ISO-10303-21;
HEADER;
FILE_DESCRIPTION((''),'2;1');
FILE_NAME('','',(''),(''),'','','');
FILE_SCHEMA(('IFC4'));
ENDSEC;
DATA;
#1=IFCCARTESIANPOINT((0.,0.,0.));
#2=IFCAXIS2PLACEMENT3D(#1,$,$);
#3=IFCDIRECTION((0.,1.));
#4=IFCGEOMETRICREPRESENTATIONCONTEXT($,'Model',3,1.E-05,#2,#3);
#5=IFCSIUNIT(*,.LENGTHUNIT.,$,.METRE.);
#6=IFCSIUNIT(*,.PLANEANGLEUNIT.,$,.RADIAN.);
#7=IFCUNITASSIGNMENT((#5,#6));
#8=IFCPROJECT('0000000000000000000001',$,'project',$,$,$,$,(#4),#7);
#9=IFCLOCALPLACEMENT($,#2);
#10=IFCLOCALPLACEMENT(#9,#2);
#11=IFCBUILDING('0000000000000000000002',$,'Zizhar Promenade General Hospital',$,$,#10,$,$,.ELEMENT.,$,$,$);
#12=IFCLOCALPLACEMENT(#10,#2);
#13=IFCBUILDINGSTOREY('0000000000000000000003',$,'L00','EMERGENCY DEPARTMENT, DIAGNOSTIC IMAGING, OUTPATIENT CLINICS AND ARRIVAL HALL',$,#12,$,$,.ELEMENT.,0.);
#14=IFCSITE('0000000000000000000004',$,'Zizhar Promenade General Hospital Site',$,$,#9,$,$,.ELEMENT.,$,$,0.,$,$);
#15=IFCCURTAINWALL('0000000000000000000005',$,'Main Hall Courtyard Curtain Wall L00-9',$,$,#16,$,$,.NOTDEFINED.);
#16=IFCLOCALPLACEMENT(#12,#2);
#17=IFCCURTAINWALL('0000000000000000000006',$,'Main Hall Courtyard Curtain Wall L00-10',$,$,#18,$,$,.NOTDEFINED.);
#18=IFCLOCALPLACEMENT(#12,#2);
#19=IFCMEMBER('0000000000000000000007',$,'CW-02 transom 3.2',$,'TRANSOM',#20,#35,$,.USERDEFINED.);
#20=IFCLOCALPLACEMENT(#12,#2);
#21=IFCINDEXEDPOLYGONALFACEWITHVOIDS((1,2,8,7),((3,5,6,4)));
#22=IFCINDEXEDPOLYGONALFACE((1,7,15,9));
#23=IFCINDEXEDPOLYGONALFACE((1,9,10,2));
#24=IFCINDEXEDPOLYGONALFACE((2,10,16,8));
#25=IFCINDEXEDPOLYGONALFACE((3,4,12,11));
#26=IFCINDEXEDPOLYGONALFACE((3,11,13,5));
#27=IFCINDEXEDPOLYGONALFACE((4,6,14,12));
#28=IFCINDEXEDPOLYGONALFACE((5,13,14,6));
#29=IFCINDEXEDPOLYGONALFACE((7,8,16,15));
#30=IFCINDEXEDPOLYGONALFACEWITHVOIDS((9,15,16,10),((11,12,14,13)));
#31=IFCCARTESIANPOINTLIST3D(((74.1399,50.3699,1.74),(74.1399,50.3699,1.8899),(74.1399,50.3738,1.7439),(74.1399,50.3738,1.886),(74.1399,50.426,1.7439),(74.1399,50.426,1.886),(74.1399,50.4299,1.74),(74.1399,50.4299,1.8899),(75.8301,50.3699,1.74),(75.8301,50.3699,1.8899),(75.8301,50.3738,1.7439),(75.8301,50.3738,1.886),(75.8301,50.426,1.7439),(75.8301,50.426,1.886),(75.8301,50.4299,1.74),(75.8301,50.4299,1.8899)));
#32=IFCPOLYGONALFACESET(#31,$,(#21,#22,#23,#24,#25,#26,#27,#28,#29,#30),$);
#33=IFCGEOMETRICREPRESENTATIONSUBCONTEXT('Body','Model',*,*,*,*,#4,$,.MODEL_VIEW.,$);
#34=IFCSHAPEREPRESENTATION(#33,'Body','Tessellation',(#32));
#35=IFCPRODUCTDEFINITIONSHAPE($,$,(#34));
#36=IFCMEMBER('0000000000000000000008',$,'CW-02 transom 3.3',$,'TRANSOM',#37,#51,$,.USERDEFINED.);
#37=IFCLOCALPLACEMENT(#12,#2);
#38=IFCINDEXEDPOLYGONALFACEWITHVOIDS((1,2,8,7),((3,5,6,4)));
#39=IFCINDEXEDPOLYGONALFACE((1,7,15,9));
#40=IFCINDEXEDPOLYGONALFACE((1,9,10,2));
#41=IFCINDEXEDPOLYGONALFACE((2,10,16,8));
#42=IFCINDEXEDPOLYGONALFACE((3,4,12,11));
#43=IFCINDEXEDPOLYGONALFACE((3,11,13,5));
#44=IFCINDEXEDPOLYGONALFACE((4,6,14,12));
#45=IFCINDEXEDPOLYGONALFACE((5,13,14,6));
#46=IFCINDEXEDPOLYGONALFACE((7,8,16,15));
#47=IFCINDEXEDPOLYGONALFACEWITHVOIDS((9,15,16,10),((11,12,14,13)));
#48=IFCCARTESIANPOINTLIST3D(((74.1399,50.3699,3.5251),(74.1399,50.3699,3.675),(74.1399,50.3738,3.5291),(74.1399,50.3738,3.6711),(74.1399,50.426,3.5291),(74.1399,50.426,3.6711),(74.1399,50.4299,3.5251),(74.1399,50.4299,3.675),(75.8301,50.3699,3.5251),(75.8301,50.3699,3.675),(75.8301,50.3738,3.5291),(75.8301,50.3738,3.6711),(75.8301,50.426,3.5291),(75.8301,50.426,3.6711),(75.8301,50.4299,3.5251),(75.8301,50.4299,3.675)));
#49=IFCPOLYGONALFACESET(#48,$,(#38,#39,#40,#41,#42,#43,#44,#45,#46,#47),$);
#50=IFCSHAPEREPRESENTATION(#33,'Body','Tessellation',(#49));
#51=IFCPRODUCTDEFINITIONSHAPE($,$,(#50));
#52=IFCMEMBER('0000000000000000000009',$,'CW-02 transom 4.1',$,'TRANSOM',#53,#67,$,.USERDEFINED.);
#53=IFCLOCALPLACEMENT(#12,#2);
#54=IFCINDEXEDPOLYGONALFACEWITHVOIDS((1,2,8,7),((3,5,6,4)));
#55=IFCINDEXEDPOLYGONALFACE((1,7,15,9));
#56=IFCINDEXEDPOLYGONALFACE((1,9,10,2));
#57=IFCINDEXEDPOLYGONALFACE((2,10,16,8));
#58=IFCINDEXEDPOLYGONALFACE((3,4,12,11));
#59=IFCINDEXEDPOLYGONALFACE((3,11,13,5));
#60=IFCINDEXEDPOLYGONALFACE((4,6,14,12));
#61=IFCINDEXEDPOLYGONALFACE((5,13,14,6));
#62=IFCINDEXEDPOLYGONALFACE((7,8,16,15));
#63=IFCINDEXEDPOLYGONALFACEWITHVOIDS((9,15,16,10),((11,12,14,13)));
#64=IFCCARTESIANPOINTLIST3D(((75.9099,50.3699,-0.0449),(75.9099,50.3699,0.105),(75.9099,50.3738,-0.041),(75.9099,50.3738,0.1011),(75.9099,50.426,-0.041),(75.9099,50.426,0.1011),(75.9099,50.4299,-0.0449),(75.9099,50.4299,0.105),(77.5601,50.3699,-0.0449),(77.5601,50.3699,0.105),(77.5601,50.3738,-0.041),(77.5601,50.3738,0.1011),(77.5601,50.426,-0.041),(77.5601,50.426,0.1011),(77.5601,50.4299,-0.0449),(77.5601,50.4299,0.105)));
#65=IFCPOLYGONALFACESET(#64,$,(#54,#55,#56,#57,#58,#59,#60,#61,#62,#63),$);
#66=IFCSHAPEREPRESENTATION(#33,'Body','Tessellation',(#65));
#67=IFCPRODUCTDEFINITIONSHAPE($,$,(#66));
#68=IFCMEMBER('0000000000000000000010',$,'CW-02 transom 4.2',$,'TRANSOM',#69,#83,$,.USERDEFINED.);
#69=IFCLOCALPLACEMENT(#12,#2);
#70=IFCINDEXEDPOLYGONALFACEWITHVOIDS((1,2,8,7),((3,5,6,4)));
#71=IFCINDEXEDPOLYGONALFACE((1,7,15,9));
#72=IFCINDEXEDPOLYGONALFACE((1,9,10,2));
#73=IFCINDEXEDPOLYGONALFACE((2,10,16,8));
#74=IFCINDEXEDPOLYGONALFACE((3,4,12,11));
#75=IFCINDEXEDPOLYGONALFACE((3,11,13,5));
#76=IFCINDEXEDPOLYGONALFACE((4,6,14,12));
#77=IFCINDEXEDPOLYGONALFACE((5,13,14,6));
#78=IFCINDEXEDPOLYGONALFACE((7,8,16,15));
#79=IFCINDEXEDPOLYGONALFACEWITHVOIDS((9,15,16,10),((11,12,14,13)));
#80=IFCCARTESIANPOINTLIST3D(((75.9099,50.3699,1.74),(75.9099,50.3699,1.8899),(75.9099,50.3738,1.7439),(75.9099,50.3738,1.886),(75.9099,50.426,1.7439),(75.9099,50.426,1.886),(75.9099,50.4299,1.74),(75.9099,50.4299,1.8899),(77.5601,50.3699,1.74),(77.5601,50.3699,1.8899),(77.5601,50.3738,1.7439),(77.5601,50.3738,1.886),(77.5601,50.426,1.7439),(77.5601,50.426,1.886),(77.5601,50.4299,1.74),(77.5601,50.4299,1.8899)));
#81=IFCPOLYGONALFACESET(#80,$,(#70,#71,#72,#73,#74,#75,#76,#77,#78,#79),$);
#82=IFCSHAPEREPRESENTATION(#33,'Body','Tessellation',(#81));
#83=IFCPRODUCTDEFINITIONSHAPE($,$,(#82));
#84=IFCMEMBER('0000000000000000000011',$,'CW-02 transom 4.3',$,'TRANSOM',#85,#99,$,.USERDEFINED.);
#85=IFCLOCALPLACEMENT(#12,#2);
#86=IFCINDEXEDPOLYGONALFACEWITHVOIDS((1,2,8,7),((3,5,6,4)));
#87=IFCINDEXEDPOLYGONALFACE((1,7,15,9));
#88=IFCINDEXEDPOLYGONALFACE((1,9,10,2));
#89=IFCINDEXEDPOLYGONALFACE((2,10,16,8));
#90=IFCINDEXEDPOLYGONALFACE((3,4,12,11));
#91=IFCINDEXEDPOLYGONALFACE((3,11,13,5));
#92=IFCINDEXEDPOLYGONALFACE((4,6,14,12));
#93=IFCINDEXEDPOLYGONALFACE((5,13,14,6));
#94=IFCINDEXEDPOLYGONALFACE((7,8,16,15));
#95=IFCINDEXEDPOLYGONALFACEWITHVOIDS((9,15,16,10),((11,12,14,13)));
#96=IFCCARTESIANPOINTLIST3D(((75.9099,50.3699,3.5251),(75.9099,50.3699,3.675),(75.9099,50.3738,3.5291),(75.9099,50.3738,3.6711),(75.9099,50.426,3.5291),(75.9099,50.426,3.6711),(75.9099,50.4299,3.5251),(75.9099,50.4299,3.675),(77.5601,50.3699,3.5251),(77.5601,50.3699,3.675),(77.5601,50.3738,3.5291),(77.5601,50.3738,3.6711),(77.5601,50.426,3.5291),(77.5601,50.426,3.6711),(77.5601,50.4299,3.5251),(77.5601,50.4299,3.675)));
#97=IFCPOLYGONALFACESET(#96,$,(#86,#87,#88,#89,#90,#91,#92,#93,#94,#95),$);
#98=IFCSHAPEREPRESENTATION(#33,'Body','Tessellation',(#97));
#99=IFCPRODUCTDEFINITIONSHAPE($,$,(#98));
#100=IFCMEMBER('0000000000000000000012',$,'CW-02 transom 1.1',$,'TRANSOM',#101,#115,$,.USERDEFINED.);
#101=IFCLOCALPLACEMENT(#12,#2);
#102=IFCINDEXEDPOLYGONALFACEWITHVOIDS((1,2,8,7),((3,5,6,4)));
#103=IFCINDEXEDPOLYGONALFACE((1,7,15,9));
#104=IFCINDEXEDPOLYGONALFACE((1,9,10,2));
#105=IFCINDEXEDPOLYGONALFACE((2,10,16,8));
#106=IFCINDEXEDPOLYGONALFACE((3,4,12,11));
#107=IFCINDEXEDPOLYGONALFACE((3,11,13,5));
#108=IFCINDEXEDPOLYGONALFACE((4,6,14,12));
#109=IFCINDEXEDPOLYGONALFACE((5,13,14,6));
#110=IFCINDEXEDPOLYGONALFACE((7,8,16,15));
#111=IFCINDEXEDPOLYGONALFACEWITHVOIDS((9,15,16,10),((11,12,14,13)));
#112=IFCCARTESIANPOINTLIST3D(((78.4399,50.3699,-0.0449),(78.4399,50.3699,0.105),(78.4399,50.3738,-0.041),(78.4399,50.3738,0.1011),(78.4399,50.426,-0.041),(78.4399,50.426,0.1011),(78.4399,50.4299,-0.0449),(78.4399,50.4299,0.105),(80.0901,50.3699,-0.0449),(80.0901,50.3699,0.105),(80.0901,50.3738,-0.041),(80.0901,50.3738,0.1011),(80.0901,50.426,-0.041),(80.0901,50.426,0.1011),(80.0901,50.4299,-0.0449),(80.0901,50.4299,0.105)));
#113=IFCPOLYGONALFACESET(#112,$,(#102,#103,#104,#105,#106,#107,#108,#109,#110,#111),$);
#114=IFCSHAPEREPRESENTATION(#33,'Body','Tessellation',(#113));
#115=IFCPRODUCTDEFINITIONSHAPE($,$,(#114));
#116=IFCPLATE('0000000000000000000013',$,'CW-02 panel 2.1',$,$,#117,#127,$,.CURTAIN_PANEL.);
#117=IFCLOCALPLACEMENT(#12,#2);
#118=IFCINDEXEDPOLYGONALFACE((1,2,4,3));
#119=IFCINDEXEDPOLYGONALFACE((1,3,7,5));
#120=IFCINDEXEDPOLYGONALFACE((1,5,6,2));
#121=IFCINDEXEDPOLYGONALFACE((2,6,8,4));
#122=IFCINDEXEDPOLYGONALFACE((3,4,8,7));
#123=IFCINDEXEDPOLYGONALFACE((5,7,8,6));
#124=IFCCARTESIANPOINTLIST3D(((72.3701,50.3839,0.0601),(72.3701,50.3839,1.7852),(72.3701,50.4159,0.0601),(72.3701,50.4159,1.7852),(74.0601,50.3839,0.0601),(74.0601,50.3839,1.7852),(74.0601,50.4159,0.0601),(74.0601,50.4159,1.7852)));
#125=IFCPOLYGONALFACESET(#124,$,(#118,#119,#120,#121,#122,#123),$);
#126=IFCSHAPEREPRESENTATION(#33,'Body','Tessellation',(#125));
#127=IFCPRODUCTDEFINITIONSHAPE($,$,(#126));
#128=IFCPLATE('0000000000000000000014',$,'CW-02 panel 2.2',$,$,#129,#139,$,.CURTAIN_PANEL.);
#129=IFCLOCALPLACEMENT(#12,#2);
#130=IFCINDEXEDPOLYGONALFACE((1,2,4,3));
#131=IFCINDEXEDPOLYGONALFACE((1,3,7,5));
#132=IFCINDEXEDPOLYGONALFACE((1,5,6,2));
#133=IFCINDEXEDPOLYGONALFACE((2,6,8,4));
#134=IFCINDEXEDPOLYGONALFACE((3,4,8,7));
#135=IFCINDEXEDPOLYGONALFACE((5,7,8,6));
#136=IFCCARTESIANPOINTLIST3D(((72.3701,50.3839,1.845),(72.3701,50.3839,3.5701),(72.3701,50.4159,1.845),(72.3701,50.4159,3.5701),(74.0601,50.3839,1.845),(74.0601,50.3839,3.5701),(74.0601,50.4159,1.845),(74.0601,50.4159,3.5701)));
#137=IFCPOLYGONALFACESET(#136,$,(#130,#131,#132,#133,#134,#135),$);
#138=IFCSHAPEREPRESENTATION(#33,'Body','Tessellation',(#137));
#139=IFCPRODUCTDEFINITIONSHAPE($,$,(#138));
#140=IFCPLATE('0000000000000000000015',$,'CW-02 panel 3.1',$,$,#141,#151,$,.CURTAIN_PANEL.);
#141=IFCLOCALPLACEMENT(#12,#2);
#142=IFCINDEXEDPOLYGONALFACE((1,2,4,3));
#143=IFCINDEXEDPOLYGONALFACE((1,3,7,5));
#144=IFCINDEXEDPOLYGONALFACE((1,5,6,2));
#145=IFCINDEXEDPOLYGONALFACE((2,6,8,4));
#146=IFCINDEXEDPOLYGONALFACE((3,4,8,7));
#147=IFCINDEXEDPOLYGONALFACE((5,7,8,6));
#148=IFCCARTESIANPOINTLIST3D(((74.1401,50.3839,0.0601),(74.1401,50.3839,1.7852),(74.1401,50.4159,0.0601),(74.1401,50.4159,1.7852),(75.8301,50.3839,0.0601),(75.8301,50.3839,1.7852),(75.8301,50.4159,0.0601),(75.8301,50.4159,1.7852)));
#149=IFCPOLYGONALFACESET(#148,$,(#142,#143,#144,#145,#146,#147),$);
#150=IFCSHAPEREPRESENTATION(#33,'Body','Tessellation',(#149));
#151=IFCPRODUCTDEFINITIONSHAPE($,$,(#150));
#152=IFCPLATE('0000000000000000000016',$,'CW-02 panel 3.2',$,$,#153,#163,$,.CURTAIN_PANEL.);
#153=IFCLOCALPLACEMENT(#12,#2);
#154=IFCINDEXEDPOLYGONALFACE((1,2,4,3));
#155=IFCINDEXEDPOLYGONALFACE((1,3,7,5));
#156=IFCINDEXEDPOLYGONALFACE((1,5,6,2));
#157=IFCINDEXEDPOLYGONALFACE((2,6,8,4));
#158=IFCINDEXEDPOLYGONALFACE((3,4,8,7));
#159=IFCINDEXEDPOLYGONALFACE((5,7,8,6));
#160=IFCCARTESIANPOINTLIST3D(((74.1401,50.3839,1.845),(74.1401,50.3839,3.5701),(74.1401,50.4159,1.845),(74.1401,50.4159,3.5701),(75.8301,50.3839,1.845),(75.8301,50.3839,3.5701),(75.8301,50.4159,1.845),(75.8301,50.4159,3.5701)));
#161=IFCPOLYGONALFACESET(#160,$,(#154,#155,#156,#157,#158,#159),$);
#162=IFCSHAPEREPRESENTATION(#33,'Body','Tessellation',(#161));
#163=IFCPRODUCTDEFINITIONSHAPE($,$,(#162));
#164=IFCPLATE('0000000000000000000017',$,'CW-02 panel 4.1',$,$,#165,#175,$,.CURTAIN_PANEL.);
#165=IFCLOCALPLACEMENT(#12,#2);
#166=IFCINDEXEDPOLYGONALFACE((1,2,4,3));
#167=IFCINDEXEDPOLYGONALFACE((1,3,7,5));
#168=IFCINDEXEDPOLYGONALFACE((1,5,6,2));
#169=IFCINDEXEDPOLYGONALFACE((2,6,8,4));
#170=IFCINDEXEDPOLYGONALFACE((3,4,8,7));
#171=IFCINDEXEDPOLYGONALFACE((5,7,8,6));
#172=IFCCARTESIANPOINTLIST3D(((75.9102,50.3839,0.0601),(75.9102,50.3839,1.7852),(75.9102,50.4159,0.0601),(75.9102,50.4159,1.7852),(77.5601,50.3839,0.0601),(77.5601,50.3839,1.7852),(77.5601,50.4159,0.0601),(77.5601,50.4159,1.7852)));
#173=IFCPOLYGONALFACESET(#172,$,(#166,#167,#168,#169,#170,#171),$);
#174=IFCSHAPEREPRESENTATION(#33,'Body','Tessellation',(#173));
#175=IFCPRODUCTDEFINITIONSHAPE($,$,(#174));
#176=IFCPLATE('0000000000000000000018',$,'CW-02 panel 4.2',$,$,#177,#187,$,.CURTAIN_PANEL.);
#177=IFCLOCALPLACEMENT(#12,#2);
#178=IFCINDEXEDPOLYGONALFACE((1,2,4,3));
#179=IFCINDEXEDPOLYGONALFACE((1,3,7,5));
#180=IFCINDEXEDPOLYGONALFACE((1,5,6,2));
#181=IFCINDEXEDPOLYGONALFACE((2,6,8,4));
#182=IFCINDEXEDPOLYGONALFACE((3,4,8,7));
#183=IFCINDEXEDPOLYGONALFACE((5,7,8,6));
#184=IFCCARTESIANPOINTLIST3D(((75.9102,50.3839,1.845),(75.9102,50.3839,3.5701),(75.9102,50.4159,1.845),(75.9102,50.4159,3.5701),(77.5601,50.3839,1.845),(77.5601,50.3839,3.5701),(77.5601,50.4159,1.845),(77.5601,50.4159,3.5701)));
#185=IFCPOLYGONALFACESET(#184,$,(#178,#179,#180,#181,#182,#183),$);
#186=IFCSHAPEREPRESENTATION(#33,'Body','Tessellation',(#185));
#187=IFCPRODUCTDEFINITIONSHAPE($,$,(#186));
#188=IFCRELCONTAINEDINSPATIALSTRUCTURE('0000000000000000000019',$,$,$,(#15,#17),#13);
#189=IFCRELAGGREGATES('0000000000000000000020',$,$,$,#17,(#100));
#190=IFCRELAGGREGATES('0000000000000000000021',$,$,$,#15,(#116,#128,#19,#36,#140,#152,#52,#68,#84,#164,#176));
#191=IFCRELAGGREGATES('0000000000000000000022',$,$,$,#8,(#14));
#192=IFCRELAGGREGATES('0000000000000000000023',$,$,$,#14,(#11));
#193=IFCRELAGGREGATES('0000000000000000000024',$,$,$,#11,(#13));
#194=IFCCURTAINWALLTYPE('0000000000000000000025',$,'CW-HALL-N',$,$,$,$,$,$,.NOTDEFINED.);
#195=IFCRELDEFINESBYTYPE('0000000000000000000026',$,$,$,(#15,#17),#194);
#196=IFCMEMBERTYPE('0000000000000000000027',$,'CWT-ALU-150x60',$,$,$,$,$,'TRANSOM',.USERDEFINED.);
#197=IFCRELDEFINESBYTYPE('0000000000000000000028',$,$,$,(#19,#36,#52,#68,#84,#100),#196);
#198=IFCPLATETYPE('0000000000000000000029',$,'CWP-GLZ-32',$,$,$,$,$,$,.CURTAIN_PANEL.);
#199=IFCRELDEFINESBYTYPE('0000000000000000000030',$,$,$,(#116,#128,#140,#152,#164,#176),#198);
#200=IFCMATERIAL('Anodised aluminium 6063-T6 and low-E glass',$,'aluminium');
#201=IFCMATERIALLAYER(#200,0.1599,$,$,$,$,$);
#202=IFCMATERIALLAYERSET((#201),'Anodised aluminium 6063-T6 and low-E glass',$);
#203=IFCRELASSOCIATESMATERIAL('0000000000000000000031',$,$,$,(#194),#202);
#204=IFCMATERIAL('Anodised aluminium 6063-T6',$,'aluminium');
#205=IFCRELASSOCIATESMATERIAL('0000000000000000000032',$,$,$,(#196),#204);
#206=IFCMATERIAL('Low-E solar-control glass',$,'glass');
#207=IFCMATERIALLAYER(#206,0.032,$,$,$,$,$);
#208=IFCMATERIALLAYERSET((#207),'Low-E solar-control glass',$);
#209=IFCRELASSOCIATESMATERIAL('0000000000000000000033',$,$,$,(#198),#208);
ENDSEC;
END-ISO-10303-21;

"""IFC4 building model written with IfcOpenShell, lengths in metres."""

from ifc_helpers import new_model, si_unit, direction, frame, origin, origin_2d, place, context, subcontext, project, spatial, rectangle, hollow_rectangle, extrude, material, layer, layer_set, material_profile, profile_set, type_object, element, aggregate, save


model = new_model("IFC4")

# Units and contexts
model_context = context("Model", 3, precision=1e-05, world=origin(), true_north=direction((0.0, 1.0)))
body_context = subcontext(model_context, "Body", "Model", "MODEL_VIEW")
ifc_project = project(units=[si_unit("LENGTHUNIT", "METRE"), si_unit("PLANEANGLEUNIT", "RADIAN")], contexts=[model_context])

# Site, building, storey
site_placement = place(None, origin())
site = spatial("IfcSite", under=ifc_project, at=site_placement, Name="Zizhar Promenade General Hospital Site", CompositionType="ELEMENT", RefElevation=0.0)
building_placement = place(site_placement, origin())
building = spatial("IfcBuilding", under=site, at=building_placement, Name="Zizhar Promenade General Hospital", CompositionType="ELEMENT")
storey_placement = place(building_placement, origin())
storey = spatial("IfcBuildingStorey", under=building, at=storey_placement, Name="L00", Description="EMERGENCY DEPARTMENT, DIAGNOSTIC IMAGING, OUTPATIENT CLINICS AND ARRIVAL HALL", CompositionType="ELEMENT", Elevation=0.0)

# Curtain wall
ifc_material_1 = material(Name="Anodised aluminium 6063-T6 and low-E glass", Category="aluminium")
ifc_layer_1 = layer(ifc_material_1, 0.1599)
ifc_layer_set_1 = layer_set([ifc_layer_1], Name="Anodised aluminium 6063-T6 and low-E glass")
curtain_wall_type = type_object("IfcCurtainWallType", Name="CW-HALL-N", PredefinedType="NOTDEFINED", material=ifc_layer_set_1)
curtain_wall_1_placement = place(storey_placement, origin())
curtain_wall_1 = element("IfcCurtainWall", 1, at=curtain_wall_1_placement, inside=storey, type_object=curtain_wall_type, Name="Main Hall Courtyard Curtain Wall L00-9", PredefinedType="NOTDEFINED")

# Curtain wall
curtain_wall_2_placement = place(storey_placement, origin())
curtain_wall_2 = element("IfcCurtainWall", 2, at=curtain_wall_2_placement, inside=storey, type_object=curtain_wall_type, Name="Main Hall Courtyard Curtain Wall L00-10", PredefinedType="NOTDEFINED")

# Members
ifc_material_2 = material(Name="Anodised aluminium 6063-T6", Category="aluminium")
ifc_material_profile_1 = material_profile(ifc_material_2, hollow_rectangle(XDim=0.0601, YDim=0.1499, WallThickness=0.0039, at=origin_2d()))
ifc_profile_set_1 = profile_set([ifc_material_profile_1], Name="Anodised aluminium 6063-T6")
member_type_1 = type_object("IfcMemberType", Name="CWT-ALU-150x60", ElementType="TRANSOM", PredefinedType="USERDEFINED", material=ifc_profile_set_1)
member_1_placement = place(storey_placement, frame((74.1399, 50.3999, 1.8149), z_axis=(1.0, 0.0, 0.0), x_axis=(0.0, 1.0, 0.0)))
member_1 = element("IfcMember", 3, at=member_1_placement, type_object=member_type_1, Name="CW-02 transom 3.2", ObjectType="TRANSOM", PredefinedType="USERDEFINED", context=body_context, shape_type="SweptSolid", body=[
    extrude(hollow_rectangle(XDim=0.0601, YDim=0.1499, WallThickness=0.0039, at=origin_2d()), origin(), (0.0, 0.0, 1.0), 1.6902),
])
member_2_placement = place(storey_placement, frame((74.1399, 50.3999, 3.6001), z_axis=(1.0, 0.0, 0.0), x_axis=(0.0, 1.0, 0.0)))
member_2 = element("IfcMember", 4, at=member_2_placement, type_object=member_type_1, Name="CW-02 transom 3.3", ObjectType="TRANSOM", PredefinedType="USERDEFINED", context=body_context, shape_type="SweptSolid", body=[
    extrude(hollow_rectangle(XDim=0.0601, YDim=0.1499, WallThickness=0.0039, at=origin_2d()), origin(), (0.0, 0.0, 1.0), 1.6902),
])
member_3_placement = place(storey_placement, frame((75.9099, 50.3999, 0.03), z_axis=(1.0, 0.0, 0.0), x_axis=(0.0, 1.0, 0.0)))
member_3 = element("IfcMember", 5, at=member_3_placement, type_object=member_type_1, Name="CW-02 transom 4.1", ObjectType="TRANSOM", PredefinedType="USERDEFINED", context=body_context, shape_type="SweptSolid", body=[
    extrude(hollow_rectangle(XDim=0.0601, YDim=0.1499, WallThickness=0.0039, at=origin_2d()), origin(), (0.0, 0.0, 1.0), 1.6501),
])
member_4_placement = place(storey_placement, frame((75.9099, 50.3999, 1.8149), z_axis=(1.0, 0.0, 0.0), x_axis=(0.0, 1.0, 0.0)))
member_4 = element("IfcMember", 6, at=member_4_placement, type_object=member_type_1, Name="CW-02 transom 4.2", ObjectType="TRANSOM", PredefinedType="USERDEFINED", context=body_context, shape_type="SweptSolid", body=[
    extrude(hollow_rectangle(XDim=0.0601, YDim=0.1499, WallThickness=0.0039, at=origin_2d()), origin(), (0.0, 0.0, 1.0), 1.6501),
])
member_5_placement = place(storey_placement, frame((75.9099, 50.3999, 3.6001), z_axis=(1.0, 0.0, 0.0), x_axis=(0.0, 1.0, 0.0)))
member_5 = element("IfcMember", 7, at=member_5_placement, type_object=member_type_1, Name="CW-02 transom 4.3", ObjectType="TRANSOM", PredefinedType="USERDEFINED", context=body_context, shape_type="SweptSolid", body=[
    extrude(hollow_rectangle(XDim=0.0601, YDim=0.1499, WallThickness=0.0039, at=origin_2d()), origin(), (0.0, 0.0, 1.0), 1.6501),
])
member_6_placement = place(storey_placement, frame((78.4399, 50.3999, 0.03), z_axis=(1.0, 0.0, 0.0), x_axis=(0.0, 1.0, 0.0)))
member_6 = element("IfcMember", 8, at=member_6_placement, type_object=member_type_1, Name="CW-02 transom 1.1", ObjectType="TRANSOM", PredefinedType="USERDEFINED", context=body_context, shape_type="SweptSolid", body=[
    extrude(hollow_rectangle(XDim=0.0601, YDim=0.1499, WallThickness=0.0039, at=origin_2d()), origin(), (0.0, 0.0, 1.0), 1.6501),
])
aggregate(curtain_wall_2, [member_6])

# Plates
ifc_material_3 = material(Name="Low-E solar-control glass", Category="glass")
ifc_layer_2 = layer(ifc_material_3, 0.032)
ifc_layer_set_2 = layer_set([ifc_layer_2], Name="Low-E solar-control glass")
plate_type = type_object("IfcPlateType", Name="CWP-GLZ-32", PredefinedType="CURTAIN_PANEL", material=ifc_layer_set_2)
plate_1_placement = place(storey_placement, frame((73.2151, 50.3999, 0.0601), z_axis=(0.0, 0.0, 1.0), x_axis=(1.0, 0.0, 0.0)))
plate_1 = element("IfcPlate", 9, at=plate_1_placement, type_object=plate_type, Name="CW-02 panel 2.1", PredefinedType="CURTAIN_PANEL", context=body_context, shape_type="SweptSolid", body=[
    extrude(rectangle(XDim=1.6899, YDim=0.032, at=origin_2d()), origin(), (0.0, 0.0, 1.0), 1.7251),
])
plate_2_placement = place(storey_placement, frame((73.2151, 50.3999, 1.845), z_axis=(0.0, 0.0, 1.0), x_axis=(1.0, 0.0, 0.0)))
plate_2 = element("IfcPlate", 10, at=plate_2_placement, type_object=plate_type, Name="CW-02 panel 2.2", PredefinedType="CURTAIN_PANEL", context=body_context, shape_type="SweptSolid", body=[
    extrude(rectangle(XDim=1.6899, YDim=0.032, at=origin_2d()), origin(), (0.0, 0.0, 1.0), 1.7251),
])
plate_3_placement = place(storey_placement, frame((74.9851, 50.3999, 0.0601), z_axis=(0.0, 0.0, 1.0), x_axis=(1.0, 0.0, 0.0)))
plate_3 = element("IfcPlate", 11, at=plate_3_placement, type_object=plate_type, Name="CW-02 panel 3.1", PredefinedType="CURTAIN_PANEL", context=body_context, shape_type="SweptSolid", body=[
    extrude(rectangle(XDim=1.6899, YDim=0.032, at=origin_2d()), origin(), (0.0, 0.0, 1.0), 1.7251),
])
plate_4_placement = place(storey_placement, frame((74.9851, 50.3999, 1.845), z_axis=(0.0, 0.0, 1.0), x_axis=(1.0, 0.0, 0.0)))
plate_4 = element("IfcPlate", 12, at=plate_4_placement, type_object=plate_type, Name="CW-02 panel 3.2", PredefinedType="CURTAIN_PANEL", context=body_context, shape_type="SweptSolid", body=[
    extrude(rectangle(XDim=1.6899, YDim=0.032, at=origin_2d()), origin(), (0.0, 0.0, 1.0), 1.7251),
])
plate_5_placement = place(storey_placement, frame((76.7351, 50.3999, 0.0601), z_axis=(0.0, 0.0, 1.0), x_axis=(1.0, 0.0, 0.0)))
plate_5 = element("IfcPlate", 13, at=plate_5_placement, type_object=plate_type, Name="CW-02 panel 4.1", PredefinedType="CURTAIN_PANEL", context=body_context, shape_type="SweptSolid", body=[
    extrude(rectangle(XDim=1.6499, YDim=0.032, at=origin_2d()), origin(), (0.0, 0.0, 1.0), 1.7251),
])
plate_6_placement = place(storey_placement, frame((76.7351, 50.3999, 1.845), z_axis=(0.0, 0.0, 1.0), x_axis=(1.0, 0.0, 0.0)))
plate_6 = element("IfcPlate", 14, at=plate_6_placement, type_object=plate_type, Name="CW-02 panel 4.2", PredefinedType="CURTAIN_PANEL", context=body_context, shape_type="SweptSolid", body=[
    extrude(rectangle(XDim=1.6499, YDim=0.032, at=origin_2d()), origin(), (0.0, 0.0, 1.0), 1.7251),
])
aggregate(curtain_wall_1, [plate_1, plate_2, member_1, member_2, plate_3, plate_4, member_3, member_4, member_5, plate_5, plate_6])

save(model, "model.ifc")
